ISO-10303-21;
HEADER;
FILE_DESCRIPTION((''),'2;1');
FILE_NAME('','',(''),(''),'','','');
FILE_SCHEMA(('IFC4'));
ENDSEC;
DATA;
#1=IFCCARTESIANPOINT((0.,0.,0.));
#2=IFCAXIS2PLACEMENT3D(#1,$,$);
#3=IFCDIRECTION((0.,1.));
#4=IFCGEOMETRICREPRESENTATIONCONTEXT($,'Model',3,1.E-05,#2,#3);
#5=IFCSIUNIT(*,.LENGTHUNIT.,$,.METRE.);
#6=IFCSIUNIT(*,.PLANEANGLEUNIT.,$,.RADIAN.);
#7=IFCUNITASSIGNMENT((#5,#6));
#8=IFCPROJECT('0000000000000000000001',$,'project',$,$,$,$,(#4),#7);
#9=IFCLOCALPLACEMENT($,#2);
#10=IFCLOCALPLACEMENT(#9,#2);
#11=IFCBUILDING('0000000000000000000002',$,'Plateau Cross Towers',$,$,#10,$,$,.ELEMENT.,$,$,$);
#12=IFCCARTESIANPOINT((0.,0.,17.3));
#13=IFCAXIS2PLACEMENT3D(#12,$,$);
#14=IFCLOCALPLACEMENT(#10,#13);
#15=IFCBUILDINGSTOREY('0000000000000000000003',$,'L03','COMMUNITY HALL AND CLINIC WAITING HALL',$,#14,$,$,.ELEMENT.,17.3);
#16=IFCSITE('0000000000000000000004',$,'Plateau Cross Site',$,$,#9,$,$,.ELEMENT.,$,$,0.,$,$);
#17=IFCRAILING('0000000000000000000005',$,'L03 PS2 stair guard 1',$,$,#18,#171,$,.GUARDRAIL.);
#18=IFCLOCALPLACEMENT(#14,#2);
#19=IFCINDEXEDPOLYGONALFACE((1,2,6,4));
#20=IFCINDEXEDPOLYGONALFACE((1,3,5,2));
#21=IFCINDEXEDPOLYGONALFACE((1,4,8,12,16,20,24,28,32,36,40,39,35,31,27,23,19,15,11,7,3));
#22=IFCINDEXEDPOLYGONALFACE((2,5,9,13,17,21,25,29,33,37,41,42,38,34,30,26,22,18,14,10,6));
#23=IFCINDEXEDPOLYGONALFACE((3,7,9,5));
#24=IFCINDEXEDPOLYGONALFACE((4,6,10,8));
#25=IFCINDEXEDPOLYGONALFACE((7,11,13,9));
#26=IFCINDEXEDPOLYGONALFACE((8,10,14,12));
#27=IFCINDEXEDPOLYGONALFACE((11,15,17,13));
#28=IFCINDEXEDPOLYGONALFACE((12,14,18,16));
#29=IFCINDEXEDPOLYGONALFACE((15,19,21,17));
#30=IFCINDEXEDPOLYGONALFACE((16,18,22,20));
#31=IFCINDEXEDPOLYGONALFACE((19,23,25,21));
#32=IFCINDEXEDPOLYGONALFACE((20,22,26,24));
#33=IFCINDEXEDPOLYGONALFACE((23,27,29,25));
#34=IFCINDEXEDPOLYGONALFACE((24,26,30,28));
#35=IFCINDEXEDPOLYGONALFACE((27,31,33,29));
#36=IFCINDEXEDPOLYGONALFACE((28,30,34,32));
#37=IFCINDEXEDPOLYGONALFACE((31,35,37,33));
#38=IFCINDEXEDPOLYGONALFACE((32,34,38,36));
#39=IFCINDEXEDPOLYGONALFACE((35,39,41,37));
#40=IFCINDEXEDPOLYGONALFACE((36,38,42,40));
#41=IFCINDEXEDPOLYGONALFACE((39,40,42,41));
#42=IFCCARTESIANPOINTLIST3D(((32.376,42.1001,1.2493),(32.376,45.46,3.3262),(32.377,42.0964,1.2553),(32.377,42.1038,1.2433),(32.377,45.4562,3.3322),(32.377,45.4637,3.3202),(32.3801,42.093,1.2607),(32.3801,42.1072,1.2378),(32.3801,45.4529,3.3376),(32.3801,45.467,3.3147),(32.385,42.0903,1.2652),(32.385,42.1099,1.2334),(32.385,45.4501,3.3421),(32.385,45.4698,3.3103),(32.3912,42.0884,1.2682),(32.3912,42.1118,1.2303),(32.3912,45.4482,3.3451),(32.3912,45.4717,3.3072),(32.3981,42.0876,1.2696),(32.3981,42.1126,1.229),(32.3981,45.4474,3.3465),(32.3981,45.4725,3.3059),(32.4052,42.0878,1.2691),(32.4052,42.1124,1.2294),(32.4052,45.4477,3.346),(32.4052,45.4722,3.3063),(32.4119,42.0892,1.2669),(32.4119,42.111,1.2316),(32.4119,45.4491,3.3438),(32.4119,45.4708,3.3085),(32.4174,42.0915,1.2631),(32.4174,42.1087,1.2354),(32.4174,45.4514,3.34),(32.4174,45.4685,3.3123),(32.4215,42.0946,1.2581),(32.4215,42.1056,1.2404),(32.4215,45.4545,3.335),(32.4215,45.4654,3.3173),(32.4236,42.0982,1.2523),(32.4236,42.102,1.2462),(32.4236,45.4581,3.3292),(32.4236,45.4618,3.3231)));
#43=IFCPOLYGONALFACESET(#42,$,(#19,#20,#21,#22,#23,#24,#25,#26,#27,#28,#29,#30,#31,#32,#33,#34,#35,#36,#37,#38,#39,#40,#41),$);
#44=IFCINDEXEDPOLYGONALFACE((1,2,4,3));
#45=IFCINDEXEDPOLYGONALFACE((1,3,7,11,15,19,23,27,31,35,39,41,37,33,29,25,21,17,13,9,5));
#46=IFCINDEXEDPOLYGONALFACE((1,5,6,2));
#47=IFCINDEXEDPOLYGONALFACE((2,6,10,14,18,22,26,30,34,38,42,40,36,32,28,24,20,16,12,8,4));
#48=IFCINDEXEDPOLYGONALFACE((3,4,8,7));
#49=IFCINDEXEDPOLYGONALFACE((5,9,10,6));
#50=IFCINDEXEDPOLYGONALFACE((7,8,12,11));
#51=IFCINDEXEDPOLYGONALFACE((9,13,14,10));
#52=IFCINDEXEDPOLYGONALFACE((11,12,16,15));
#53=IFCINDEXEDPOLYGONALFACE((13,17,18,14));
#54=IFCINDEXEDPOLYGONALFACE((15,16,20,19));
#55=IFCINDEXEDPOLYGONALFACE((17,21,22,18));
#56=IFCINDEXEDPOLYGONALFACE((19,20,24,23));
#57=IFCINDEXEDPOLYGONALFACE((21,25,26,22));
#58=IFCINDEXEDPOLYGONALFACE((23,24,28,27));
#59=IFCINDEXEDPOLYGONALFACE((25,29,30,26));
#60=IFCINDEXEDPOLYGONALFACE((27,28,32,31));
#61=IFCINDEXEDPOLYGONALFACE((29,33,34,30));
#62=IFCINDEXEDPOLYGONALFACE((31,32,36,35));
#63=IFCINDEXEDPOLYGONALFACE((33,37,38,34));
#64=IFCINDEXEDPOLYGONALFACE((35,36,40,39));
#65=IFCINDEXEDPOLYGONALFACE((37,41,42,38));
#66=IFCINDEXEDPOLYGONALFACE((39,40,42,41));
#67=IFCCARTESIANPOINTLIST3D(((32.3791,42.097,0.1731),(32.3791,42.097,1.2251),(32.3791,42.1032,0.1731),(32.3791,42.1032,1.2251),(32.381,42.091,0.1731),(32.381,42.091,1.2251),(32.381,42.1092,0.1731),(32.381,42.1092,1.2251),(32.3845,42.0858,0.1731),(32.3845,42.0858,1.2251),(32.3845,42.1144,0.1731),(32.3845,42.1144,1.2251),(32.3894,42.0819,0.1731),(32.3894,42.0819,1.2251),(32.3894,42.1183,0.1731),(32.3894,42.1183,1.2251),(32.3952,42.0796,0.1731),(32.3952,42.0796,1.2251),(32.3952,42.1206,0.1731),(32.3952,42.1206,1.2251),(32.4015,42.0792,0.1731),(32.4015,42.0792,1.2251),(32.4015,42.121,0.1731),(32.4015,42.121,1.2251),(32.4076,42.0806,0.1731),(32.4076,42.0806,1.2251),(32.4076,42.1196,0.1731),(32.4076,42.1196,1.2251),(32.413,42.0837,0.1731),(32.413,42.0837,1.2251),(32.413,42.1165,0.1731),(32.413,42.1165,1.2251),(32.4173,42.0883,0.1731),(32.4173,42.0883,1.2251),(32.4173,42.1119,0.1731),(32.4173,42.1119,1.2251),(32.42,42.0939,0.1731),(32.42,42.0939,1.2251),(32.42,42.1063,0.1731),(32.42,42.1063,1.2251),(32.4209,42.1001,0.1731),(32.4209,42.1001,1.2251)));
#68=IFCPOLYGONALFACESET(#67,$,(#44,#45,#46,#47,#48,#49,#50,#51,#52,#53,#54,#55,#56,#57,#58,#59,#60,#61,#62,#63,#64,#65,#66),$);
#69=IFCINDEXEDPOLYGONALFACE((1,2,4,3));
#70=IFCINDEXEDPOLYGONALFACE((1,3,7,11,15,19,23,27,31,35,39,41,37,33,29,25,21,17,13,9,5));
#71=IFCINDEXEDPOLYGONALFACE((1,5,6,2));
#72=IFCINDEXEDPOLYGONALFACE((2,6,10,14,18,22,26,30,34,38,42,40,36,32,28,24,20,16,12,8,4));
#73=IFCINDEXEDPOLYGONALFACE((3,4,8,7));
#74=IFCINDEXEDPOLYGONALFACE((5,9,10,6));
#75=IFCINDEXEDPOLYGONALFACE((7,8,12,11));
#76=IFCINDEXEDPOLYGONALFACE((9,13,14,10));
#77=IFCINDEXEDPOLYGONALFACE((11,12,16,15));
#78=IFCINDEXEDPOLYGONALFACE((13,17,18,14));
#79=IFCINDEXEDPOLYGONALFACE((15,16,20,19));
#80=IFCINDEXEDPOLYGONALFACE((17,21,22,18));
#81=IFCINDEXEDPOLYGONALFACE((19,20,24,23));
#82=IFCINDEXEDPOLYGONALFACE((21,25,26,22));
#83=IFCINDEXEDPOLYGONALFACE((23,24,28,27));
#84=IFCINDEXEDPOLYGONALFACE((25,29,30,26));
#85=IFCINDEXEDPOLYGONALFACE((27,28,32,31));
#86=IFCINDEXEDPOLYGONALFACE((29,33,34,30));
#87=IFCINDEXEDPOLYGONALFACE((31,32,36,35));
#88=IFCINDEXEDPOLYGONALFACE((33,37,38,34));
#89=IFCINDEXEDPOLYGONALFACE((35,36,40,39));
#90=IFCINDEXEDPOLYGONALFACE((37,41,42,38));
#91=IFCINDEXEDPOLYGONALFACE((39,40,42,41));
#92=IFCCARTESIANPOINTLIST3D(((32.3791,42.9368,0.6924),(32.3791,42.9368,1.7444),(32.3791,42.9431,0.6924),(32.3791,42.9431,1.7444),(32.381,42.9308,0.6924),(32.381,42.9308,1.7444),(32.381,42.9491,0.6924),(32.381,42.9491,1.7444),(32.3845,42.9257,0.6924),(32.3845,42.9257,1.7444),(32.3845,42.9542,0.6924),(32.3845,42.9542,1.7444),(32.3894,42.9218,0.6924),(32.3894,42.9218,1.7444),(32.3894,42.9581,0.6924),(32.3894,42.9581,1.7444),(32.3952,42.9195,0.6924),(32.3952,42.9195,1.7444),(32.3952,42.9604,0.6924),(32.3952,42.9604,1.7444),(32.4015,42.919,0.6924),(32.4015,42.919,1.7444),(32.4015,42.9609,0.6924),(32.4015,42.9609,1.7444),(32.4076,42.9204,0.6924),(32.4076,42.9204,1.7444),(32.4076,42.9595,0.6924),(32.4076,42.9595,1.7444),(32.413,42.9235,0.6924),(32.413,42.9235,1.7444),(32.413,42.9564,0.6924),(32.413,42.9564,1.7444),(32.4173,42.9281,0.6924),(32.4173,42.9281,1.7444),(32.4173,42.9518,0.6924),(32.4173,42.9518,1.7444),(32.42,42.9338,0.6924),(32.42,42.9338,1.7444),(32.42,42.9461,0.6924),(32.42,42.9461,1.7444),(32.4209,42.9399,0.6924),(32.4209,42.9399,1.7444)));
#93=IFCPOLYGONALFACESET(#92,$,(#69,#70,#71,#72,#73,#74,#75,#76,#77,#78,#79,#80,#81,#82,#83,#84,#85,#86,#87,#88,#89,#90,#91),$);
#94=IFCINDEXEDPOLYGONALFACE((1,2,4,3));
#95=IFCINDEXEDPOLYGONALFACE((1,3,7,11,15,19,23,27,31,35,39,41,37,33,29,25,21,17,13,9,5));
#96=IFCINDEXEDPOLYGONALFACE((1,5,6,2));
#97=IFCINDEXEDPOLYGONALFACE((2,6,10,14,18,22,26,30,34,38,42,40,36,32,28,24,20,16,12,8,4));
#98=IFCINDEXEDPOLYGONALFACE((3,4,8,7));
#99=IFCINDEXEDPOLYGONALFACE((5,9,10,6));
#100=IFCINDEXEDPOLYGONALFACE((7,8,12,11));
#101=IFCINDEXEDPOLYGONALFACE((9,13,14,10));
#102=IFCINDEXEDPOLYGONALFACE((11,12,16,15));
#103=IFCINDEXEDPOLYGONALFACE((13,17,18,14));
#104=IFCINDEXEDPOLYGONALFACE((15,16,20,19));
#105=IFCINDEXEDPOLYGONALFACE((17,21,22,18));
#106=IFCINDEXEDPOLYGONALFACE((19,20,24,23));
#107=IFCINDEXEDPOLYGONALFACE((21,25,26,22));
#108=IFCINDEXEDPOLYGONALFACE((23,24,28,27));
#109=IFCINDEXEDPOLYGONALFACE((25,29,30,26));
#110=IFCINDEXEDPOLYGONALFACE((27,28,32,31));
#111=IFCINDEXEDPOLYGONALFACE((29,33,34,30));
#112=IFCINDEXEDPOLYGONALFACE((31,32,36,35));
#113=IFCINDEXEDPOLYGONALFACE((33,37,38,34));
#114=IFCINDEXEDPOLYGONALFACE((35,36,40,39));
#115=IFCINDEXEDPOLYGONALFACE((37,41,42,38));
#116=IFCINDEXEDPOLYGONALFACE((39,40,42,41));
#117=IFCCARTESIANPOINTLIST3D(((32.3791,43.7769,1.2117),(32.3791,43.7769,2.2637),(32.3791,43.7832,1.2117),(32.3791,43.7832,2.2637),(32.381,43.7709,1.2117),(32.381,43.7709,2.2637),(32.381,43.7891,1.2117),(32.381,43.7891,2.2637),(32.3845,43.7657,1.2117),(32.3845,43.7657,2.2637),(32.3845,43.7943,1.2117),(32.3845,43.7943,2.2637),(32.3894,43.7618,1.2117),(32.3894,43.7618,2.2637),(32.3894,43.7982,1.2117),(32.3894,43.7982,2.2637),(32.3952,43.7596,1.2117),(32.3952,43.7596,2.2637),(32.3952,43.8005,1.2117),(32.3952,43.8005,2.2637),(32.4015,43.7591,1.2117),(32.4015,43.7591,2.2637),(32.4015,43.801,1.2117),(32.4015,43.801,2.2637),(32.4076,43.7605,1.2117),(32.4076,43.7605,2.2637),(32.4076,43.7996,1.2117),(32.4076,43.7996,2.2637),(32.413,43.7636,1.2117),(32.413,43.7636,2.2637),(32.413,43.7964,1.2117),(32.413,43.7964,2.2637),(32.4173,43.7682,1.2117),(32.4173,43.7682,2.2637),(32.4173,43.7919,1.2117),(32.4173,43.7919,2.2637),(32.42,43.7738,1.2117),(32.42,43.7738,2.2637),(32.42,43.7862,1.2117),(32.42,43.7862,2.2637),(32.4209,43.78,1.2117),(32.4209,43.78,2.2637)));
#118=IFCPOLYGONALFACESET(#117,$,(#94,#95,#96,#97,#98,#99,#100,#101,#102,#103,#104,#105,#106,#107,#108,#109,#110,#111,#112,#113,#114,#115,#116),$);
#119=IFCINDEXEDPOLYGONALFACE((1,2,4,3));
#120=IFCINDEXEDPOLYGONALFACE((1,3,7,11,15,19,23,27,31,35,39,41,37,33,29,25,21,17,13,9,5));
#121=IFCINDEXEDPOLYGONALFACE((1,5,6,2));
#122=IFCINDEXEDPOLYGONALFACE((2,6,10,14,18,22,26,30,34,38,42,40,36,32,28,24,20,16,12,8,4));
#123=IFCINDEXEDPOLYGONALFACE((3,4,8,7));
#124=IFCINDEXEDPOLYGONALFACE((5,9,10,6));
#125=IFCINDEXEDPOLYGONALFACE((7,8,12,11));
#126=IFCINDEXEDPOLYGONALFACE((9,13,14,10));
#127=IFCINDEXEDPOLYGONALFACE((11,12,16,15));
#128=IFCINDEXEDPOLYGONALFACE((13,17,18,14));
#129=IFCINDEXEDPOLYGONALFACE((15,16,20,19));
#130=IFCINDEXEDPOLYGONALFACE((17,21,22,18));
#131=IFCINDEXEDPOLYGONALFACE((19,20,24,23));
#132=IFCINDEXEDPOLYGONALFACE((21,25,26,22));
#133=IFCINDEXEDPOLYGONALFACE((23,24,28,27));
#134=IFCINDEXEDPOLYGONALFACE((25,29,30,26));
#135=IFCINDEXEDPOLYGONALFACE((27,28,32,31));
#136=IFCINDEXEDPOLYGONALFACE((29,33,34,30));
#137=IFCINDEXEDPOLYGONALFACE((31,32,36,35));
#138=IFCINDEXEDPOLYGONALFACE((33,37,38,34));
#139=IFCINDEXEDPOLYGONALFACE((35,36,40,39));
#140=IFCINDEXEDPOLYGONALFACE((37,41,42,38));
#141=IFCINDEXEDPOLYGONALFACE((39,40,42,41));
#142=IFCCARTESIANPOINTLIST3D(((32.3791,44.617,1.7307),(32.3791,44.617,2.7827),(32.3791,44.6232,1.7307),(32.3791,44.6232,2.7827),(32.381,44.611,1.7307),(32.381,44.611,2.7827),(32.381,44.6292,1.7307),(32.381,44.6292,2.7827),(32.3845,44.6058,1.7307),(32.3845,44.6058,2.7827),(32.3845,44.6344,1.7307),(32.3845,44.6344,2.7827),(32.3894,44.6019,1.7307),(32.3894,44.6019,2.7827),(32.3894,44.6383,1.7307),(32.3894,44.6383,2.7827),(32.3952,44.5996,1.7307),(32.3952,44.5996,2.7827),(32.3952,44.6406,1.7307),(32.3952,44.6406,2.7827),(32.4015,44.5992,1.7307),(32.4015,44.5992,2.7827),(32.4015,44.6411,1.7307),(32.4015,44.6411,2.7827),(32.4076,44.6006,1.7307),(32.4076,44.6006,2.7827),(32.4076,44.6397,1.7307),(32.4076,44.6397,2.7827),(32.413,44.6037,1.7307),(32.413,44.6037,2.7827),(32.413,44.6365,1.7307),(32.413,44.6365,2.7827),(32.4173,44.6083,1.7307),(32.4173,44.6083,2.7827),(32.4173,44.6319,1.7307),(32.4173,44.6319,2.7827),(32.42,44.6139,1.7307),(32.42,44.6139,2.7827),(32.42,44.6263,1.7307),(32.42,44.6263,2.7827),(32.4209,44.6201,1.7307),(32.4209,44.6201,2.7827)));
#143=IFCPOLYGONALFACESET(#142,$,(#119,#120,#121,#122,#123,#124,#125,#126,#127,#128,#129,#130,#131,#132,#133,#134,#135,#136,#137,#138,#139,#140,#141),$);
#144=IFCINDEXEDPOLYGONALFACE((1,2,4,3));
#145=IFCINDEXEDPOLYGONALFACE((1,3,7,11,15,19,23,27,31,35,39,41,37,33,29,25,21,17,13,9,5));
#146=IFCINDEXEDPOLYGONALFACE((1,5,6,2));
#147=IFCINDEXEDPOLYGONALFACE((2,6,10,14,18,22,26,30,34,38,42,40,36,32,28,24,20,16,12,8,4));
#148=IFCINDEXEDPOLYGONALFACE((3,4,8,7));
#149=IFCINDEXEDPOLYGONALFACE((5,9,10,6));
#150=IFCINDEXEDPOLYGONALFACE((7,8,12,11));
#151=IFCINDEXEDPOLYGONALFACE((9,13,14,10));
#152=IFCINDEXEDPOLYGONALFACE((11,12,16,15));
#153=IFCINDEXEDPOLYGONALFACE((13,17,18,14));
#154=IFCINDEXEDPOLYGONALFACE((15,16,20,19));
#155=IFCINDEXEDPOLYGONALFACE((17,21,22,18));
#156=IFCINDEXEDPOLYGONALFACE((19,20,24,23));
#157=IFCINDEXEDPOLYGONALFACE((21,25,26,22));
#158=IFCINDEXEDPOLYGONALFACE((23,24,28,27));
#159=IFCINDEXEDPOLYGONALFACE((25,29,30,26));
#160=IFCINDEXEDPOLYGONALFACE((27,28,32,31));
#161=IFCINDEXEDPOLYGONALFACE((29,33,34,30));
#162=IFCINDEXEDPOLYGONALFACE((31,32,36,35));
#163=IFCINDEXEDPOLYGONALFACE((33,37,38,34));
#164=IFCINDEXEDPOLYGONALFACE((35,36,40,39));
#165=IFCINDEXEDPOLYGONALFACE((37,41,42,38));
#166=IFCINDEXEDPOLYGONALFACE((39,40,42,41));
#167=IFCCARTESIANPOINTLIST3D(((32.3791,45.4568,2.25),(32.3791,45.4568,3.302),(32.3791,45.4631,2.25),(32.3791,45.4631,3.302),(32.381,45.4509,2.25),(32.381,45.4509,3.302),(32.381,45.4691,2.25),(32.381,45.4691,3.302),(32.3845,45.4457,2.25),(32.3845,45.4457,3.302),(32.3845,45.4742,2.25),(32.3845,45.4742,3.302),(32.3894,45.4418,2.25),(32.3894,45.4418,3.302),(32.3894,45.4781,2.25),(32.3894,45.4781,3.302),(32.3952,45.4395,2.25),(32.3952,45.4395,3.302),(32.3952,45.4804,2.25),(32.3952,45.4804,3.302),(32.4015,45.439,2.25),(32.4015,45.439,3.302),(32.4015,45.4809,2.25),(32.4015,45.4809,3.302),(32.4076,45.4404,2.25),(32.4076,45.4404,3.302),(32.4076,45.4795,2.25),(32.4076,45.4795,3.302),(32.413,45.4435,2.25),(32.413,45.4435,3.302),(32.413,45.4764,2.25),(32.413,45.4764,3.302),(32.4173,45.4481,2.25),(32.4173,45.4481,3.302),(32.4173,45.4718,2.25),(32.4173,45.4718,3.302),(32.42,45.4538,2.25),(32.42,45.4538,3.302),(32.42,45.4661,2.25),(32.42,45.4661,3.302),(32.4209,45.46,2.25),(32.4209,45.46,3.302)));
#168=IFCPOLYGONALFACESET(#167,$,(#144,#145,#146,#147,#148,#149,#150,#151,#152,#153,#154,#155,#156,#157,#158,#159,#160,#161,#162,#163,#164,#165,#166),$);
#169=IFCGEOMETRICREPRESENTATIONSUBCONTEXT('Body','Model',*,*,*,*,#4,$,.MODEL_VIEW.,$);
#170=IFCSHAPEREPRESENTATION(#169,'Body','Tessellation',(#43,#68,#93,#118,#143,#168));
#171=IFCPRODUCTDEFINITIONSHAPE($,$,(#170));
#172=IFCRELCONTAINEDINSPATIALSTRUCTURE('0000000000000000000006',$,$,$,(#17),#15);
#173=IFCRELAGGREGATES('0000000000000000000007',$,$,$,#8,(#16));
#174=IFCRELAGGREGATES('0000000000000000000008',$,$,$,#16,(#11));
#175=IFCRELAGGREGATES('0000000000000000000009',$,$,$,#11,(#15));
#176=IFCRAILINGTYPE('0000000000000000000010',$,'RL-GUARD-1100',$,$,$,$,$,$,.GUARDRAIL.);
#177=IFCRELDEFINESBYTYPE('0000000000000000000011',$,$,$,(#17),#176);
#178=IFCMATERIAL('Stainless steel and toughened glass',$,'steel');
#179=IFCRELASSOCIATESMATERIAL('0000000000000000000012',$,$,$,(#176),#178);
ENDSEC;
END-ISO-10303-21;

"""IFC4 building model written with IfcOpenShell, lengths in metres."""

from ifc_helpers import new_model, si_unit, direction, frame, origin, origin_2d, place, context, subcontext, project, spatial, circle, extrude, material, type_object, element, save


model = new_model("IFC4")

# Units and contexts
model_context = context("Model", 3, precision=1e-05, world=origin(), true_north=direction((0.0, 1.0)))
body_context = subcontext(model_context, "Body", "Model", "MODEL_VIEW")
ifc_project = project(units=[si_unit("LENGTHUNIT", "METRE"), si_unit("PLANEANGLEUNIT", "RADIAN")], contexts=[model_context])

# Site, building, storey
site_placement = place(None, origin())
site = spatial("IfcSite", under=ifc_project, at=site_placement, Name="Plateau Cross Site", CompositionType="ELEMENT", RefElevation=0.0)
building_placement = place(site_placement, origin())
building = spatial("IfcBuilding", under=site, at=building_placement, Name="Plateau Cross Towers", CompositionType="ELEMENT")
storey_placement = place(building_placement, frame((0.0, 0.0, 17.3)))
storey = spatial("IfcBuildingStorey", under=building, at=storey_placement, Name="L03", Description="COMMUNITY HALL AND CLINIC WAITING HALL", CompositionType="ELEMENT", Elevation=17.3)

# Railing
ifc_material_1 = material(Name="Stainless steel and toughened glass", Category="steel")
railing_type_1 = type_object("IfcRailingType", Name="RL-GUARD-1100", PredefinedType="GUARDRAIL", material=ifc_material_1)
railing_1_placement = place(storey_placement, frame((32.3999, 42.1001, 0.1731)))
element("IfcRailing", 1, at=railing_1_placement, inside=storey, type_object=railing_type_1, Name="L03 PS2 stair guard 1", PredefinedType="GUARDRAIL", context=body_context, shape_type="SweptSolid", body=[
    extrude(circle(Radius=0.0239, at=origin_2d()), frame((0.0, 0.0, 1.0762), z_axis=(0.0, 0.850606, 0.525803), x_axis=(-1.0, 0.0, 0.0)), (0.0, 0.0, 1.0), 3.95),
    extrude(circle(Radius=0.021, at=origin_2d()), origin(), (0.0, 0.0, 1.0), 1.052),
    extrude(circle(Radius=0.021, at=origin_2d()), frame((0.0, 0.8398, 0.5193)), (0.0, 0.0, 1.0), 1.052),
    extrude(circle(Radius=0.021, at=origin_2d()), frame((0.0, 1.6799, 1.0386)), (0.0, 0.0, 1.0), 1.052),
    extrude(circle(Radius=0.021, at=origin_2d()), frame((0.0, 2.52, 1.5576)), (0.0, 0.0, 1.0), 1.052),
    extrude(circle(Radius=0.021, at=origin_2d()), frame((0.0, 3.3599, 2.0769)), (0.0, 0.0, 1.0), 1.052),
])

save(model, "model.ifc")
